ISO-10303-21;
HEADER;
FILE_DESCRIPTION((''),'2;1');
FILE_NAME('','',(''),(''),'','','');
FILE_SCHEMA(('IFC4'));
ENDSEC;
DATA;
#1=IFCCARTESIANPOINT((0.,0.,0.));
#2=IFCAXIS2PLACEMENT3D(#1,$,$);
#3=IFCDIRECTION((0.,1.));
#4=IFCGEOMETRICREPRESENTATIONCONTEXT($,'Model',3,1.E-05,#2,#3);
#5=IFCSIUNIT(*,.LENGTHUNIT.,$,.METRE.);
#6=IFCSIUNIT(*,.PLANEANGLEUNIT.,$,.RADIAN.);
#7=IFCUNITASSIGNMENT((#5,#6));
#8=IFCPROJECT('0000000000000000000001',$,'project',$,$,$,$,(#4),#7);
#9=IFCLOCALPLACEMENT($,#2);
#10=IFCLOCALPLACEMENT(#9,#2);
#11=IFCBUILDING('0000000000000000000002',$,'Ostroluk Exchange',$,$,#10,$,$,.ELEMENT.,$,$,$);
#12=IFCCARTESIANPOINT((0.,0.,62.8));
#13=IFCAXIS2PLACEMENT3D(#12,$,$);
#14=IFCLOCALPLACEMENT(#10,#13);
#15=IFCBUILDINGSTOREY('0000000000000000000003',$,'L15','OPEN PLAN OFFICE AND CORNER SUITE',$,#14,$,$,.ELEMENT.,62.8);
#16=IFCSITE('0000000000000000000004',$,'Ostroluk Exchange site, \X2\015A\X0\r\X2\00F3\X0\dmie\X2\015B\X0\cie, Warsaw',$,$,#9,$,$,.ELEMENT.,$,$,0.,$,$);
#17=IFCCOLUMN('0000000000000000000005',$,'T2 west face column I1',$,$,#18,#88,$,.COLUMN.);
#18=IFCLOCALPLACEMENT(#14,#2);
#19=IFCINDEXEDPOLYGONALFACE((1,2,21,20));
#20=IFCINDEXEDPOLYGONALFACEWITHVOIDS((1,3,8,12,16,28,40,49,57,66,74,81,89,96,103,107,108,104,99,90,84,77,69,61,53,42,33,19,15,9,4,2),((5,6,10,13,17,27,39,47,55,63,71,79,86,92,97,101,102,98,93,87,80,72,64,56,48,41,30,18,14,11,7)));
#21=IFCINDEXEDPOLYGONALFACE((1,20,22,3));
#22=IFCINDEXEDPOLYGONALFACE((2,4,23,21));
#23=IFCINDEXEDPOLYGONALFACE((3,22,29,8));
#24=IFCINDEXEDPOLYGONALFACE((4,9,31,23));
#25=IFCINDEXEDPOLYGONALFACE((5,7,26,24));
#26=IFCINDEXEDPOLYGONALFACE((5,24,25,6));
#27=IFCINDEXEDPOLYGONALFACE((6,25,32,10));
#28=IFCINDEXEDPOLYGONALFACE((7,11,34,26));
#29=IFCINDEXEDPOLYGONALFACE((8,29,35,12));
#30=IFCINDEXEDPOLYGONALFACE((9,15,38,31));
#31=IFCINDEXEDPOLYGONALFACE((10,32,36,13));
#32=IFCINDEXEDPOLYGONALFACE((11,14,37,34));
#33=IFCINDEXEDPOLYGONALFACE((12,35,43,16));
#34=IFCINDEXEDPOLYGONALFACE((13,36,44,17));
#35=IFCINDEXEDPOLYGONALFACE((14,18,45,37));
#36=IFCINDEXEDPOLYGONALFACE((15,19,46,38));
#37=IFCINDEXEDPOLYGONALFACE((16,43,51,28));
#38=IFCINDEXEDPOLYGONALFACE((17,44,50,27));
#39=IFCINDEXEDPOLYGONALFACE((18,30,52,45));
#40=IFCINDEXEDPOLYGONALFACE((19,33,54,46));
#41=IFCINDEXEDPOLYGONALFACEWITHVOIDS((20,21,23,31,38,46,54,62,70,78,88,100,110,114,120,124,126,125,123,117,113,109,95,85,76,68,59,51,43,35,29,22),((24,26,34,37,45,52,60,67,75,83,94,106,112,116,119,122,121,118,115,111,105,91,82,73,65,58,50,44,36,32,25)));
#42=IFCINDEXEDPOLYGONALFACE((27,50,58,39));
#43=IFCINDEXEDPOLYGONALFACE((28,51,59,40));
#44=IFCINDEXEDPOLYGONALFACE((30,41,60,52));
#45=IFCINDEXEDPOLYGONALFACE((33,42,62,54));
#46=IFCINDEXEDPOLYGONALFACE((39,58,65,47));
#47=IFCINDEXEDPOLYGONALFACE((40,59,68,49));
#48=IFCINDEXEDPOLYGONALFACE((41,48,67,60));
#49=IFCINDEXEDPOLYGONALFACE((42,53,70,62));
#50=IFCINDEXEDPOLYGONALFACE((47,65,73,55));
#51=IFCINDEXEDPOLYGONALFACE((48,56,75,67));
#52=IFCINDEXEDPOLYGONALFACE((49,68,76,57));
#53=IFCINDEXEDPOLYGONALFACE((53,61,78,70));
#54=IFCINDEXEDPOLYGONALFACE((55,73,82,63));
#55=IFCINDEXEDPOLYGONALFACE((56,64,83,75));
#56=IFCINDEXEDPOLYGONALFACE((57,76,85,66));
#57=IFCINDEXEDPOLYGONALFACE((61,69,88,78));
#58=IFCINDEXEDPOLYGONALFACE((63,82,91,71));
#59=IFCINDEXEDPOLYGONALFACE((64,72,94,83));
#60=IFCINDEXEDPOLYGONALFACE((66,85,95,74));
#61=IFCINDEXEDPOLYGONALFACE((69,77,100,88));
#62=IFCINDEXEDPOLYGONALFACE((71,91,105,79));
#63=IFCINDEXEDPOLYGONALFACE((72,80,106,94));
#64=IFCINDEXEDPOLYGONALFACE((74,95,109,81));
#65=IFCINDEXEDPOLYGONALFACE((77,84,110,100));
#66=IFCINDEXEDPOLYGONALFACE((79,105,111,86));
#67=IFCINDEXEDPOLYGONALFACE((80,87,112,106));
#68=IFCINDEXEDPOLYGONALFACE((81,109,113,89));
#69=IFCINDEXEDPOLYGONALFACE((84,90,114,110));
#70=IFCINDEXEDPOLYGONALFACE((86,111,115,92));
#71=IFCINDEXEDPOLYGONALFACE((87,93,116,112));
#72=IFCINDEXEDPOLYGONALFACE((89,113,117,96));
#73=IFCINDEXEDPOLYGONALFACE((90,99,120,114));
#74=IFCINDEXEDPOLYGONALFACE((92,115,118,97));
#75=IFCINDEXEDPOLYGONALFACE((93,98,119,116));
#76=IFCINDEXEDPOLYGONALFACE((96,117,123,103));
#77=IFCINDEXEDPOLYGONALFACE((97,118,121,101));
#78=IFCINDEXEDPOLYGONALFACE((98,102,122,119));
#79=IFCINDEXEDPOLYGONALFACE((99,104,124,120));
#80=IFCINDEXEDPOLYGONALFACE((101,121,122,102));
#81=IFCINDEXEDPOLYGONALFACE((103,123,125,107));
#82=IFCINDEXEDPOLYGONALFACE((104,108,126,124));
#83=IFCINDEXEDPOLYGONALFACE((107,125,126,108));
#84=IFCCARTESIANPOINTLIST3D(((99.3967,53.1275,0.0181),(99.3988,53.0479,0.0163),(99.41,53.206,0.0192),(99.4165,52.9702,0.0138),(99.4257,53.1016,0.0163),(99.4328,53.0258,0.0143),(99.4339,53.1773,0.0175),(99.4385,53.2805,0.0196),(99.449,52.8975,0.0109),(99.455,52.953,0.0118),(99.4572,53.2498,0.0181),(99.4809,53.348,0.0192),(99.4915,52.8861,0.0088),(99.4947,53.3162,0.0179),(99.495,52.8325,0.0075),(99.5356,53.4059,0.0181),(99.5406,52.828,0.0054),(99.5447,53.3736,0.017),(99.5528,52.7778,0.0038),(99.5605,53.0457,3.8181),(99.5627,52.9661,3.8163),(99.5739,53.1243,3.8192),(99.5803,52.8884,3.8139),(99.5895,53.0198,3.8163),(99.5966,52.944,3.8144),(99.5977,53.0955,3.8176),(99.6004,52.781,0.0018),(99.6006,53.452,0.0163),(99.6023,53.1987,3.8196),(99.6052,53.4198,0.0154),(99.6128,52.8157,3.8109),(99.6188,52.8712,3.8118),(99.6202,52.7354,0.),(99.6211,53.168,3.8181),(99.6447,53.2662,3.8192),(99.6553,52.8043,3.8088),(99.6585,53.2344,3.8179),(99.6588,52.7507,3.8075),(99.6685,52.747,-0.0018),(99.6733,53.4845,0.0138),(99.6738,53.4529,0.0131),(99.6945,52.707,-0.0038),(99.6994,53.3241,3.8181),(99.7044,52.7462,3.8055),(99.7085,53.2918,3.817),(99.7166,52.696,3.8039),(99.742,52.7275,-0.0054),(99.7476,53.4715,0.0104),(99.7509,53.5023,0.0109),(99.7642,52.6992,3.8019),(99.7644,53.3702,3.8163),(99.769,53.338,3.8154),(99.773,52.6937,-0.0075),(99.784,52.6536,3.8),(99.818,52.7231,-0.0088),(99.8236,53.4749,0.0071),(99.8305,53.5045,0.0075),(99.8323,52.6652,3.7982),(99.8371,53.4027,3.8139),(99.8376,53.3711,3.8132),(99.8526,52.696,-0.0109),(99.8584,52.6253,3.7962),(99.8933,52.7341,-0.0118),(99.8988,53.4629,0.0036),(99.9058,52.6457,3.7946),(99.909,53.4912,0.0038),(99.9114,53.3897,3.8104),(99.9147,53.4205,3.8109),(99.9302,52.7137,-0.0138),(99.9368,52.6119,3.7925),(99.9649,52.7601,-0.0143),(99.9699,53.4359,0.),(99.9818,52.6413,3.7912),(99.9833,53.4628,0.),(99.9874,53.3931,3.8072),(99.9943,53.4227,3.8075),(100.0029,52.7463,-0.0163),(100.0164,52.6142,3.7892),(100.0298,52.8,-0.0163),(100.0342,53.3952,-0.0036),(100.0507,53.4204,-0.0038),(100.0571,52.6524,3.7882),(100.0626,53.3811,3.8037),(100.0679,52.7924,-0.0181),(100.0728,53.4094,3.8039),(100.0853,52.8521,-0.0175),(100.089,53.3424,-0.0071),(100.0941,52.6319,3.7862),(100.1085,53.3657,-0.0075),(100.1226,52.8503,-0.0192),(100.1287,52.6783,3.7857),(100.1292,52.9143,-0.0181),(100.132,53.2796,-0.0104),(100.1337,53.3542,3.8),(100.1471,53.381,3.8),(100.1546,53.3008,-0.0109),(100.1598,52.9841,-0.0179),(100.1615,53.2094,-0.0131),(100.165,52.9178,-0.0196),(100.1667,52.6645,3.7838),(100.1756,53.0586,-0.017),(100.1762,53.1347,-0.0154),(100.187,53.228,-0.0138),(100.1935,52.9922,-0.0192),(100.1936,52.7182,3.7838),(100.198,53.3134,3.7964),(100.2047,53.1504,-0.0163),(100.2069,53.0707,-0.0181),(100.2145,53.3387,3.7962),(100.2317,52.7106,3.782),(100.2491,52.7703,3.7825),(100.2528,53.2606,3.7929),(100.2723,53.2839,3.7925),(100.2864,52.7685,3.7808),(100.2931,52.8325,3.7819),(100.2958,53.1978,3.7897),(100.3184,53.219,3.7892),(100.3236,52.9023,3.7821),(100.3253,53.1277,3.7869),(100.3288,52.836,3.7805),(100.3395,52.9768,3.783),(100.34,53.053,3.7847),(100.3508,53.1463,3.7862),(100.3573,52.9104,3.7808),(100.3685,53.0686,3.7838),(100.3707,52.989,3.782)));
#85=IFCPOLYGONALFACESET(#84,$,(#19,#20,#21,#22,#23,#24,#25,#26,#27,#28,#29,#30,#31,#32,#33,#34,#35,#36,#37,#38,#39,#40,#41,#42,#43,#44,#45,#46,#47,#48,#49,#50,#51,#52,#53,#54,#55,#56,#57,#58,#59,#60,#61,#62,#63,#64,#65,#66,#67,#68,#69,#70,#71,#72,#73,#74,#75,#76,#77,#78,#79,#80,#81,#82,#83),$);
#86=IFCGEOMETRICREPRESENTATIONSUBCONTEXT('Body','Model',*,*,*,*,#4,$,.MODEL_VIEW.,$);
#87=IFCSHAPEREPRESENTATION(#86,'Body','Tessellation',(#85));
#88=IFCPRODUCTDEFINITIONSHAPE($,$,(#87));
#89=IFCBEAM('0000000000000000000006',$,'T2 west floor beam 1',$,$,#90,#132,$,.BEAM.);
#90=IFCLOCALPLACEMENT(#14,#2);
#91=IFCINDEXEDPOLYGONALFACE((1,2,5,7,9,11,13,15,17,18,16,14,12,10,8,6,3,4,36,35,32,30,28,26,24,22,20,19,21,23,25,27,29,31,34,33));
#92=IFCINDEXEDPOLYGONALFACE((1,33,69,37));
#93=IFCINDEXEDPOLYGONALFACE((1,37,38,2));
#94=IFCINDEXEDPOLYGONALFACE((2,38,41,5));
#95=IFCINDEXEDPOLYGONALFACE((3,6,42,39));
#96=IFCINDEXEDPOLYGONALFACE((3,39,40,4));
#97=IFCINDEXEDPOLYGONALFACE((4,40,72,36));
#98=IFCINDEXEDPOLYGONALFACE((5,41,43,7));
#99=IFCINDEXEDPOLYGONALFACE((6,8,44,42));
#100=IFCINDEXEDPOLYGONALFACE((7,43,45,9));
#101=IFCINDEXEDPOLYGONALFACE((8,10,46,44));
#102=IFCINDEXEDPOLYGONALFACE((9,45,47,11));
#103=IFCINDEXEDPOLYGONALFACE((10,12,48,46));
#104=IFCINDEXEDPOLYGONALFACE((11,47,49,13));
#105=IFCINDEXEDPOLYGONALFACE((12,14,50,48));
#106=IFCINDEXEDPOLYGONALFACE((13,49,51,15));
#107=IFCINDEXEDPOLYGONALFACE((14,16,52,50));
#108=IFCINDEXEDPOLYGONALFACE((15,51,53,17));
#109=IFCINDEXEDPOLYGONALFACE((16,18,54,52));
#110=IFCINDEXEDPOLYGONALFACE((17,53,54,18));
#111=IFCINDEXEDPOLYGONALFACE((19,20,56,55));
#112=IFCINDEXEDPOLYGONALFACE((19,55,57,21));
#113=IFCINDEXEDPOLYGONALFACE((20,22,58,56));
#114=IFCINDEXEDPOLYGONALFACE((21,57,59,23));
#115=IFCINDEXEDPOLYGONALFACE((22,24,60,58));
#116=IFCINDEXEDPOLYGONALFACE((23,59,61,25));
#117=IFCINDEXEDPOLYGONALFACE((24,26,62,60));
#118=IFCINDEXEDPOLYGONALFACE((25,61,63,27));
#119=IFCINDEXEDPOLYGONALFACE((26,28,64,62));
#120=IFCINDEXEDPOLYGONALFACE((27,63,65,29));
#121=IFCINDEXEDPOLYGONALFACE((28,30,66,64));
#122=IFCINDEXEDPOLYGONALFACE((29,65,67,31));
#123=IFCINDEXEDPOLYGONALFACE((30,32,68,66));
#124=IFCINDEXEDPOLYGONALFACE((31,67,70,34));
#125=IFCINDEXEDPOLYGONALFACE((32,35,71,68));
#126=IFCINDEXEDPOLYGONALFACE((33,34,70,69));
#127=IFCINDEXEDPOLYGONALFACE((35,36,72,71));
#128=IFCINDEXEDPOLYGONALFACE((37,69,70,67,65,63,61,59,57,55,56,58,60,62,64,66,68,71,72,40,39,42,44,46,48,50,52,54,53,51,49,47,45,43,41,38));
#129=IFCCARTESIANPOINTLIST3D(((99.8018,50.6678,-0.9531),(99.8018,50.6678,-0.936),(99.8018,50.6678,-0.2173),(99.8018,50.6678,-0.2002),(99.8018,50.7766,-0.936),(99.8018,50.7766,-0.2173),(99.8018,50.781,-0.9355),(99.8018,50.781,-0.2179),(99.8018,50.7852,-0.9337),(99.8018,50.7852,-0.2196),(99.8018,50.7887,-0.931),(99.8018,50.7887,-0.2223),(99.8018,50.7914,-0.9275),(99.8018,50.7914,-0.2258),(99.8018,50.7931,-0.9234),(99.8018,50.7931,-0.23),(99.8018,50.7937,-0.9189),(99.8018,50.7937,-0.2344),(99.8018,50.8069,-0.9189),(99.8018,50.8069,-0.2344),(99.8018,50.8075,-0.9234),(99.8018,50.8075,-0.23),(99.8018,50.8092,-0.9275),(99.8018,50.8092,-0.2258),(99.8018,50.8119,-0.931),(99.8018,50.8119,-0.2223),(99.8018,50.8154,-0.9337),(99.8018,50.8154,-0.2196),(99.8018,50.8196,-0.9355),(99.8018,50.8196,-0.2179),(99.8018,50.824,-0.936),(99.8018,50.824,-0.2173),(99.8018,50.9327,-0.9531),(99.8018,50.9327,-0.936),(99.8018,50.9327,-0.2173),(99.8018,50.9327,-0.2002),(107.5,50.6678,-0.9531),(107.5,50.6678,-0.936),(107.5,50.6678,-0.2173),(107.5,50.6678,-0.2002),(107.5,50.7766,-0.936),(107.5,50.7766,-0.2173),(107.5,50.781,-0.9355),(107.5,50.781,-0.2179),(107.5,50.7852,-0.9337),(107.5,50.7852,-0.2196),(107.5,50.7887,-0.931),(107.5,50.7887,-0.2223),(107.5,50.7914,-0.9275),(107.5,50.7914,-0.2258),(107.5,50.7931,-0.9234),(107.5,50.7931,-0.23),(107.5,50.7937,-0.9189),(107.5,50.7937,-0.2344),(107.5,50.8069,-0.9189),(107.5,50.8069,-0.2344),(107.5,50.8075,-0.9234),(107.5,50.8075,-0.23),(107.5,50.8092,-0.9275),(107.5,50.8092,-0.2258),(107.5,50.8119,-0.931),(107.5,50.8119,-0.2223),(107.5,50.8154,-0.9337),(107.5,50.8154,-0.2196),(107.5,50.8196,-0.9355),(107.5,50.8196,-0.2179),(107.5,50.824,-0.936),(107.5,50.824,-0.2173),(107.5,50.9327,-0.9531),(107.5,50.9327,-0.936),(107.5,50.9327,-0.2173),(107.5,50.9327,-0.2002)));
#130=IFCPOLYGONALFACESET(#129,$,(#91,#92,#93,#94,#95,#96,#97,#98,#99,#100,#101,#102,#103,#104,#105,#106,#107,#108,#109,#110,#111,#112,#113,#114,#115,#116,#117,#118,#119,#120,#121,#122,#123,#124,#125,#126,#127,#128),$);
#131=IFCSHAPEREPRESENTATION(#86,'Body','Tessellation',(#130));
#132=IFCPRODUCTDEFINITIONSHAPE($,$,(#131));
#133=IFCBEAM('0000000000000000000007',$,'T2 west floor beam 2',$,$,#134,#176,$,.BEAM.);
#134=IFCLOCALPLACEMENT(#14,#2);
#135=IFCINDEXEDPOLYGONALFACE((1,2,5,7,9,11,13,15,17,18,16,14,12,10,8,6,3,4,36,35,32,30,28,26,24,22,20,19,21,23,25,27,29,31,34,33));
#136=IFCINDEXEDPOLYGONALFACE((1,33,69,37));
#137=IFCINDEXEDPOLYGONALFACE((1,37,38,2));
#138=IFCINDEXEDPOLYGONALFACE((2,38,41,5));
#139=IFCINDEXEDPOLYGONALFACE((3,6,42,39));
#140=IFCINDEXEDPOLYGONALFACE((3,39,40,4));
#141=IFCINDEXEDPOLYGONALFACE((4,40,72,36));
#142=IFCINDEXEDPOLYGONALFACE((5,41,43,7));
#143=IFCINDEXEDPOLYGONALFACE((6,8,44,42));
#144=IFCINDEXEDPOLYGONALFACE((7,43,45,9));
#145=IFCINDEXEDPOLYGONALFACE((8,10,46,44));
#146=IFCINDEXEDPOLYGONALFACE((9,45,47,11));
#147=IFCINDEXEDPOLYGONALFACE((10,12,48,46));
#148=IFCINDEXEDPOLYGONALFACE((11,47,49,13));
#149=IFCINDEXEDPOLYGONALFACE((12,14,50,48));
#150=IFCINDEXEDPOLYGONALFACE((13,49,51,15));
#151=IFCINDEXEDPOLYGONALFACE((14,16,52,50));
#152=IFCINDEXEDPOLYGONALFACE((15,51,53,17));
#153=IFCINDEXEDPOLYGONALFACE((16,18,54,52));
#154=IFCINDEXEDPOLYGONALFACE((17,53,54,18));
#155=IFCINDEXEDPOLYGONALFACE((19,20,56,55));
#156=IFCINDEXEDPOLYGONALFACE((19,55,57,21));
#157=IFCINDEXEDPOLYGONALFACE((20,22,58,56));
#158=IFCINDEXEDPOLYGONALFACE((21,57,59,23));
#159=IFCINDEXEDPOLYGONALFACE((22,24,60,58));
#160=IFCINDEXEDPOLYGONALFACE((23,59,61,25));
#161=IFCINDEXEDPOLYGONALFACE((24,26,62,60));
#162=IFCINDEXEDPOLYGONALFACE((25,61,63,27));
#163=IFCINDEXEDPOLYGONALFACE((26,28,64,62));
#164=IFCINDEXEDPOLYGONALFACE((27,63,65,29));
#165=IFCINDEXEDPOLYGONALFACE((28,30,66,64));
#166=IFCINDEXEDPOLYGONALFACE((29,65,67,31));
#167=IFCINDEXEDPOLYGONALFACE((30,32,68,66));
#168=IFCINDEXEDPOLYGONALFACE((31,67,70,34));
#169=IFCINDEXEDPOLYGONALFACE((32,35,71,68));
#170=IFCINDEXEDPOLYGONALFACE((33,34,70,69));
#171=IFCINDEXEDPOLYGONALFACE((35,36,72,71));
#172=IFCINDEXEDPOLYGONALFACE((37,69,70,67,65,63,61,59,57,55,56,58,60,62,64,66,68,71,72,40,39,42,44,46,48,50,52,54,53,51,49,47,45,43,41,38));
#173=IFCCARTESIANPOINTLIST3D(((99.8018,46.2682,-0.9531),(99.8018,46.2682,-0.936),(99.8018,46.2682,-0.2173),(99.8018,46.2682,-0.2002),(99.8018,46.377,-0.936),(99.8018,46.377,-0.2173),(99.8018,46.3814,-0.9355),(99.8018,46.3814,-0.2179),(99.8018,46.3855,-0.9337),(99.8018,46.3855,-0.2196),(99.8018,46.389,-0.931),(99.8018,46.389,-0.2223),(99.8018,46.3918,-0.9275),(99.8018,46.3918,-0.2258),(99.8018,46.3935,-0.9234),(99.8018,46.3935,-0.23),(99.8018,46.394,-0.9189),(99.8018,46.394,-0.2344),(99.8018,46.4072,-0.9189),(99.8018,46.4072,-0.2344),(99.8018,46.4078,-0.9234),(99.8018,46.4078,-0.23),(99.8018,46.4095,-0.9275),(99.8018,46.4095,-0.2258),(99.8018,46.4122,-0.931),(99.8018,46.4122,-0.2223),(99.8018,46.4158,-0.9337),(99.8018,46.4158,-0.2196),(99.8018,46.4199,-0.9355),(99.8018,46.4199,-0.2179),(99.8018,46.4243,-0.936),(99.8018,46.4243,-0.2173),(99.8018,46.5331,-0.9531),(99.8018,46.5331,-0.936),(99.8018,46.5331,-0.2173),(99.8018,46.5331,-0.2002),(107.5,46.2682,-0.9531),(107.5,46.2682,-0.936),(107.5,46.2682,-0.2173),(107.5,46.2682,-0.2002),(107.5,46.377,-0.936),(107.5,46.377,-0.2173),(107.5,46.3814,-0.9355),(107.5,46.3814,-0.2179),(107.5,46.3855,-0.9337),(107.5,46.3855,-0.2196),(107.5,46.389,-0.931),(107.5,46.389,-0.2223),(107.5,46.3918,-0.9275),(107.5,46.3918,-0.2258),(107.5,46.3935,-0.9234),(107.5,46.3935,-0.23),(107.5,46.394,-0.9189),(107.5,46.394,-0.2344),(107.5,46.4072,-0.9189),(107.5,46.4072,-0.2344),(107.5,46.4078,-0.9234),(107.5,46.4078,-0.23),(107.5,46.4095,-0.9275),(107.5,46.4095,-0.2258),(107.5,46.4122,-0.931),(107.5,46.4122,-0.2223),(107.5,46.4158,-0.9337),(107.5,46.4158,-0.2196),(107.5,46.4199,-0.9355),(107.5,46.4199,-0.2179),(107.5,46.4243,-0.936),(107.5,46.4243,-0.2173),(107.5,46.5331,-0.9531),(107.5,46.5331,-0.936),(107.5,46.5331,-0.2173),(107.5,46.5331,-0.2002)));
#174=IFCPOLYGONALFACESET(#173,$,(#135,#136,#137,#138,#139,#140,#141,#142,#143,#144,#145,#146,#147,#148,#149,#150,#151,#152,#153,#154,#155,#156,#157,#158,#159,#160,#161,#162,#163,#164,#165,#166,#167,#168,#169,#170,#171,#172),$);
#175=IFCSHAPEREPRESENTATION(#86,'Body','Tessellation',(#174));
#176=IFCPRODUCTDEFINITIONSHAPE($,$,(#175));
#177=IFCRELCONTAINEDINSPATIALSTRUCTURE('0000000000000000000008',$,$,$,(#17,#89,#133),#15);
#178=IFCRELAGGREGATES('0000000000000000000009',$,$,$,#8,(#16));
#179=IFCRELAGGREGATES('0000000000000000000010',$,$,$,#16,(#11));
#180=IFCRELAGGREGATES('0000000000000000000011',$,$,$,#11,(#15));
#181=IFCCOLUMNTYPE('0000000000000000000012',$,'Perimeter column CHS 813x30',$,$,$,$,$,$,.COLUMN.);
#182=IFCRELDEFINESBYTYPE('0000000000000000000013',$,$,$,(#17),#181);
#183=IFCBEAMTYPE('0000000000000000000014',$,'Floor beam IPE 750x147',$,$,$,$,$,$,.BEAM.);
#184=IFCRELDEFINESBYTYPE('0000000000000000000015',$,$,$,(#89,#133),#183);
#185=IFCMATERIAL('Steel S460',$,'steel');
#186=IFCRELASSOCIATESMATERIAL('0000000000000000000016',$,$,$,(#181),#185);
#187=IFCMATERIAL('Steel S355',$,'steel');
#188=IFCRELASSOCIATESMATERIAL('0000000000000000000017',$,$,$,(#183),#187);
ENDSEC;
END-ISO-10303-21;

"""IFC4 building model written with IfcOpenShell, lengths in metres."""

from ifc_helpers import new_model, si_unit, direction, frame, origin, origin_2d, place, context, subcontext, project, spatial, hollow_circle, i_section, extrude, material, material_profile, profile_set, type_object, element, save


model = new_model("IFC4")

# Units and contexts
model_context = context("Model", 3, precision=1e-05, world=origin(), true_north=direction((0.0, 1.0)))
body_context = subcontext(model_context, "Body", "Model", "MODEL_VIEW")
ifc_project = project(units=[si_unit("LENGTHUNIT", "METRE"), si_unit("PLANEANGLEUNIT", "RADIAN")], contexts=[model_context])

# Site, building, storey
site_placement = place(None, origin())
site = spatial("IfcSite", under=ifc_project, at=site_placement, Name="Ostroluk Exchange site, Śródmieście, Warsaw", CompositionType="ELEMENT", RefElevation=0.0)
building_placement = place(site_placement, origin())
building = spatial("IfcBuilding", under=site, at=building_placement, Name="Ostroluk Exchange", CompositionType="ELEMENT")
storey_placement = place(building_placement, frame((0.0, 0.0, 62.8)))
storey = spatial("IfcBuildingStorey", under=building, at=storey_placement, Name="L15", Description="OPEN PLAN OFFICE AND CORNER SUITE", CompositionType="ELEMENT", Elevation=62.8)

# Column
ifc_material_1 = material(Name="Steel S460", Category="steel")
ifc_material_profile_1 = material_profile(ifc_material_1, hollow_circle(Radius=0.4065, WallThickness=0.03, at=origin_2d()), Name="CHS 813x30")
ifc_profile_set_1 = profile_set([ifc_material_profile_1], Name="Steel S460")
column_type = type_object("IfcColumnType", Name="Perimeter column CHS 813x30", PredefinedType="COLUMN", material=ifc_profile_set_1)
column_placement = place(storey_placement, frame((99.8018, 53.0991, 0.0), z_axis=(0.04306, -0.021498, 0.998841), x_axis=(0.44668, 0.894694, 0.0)))
element("IfcColumn", 1, at=column_placement, inside=storey, type_object=column_type, Name="T2 west face column I1", PredefinedType="COLUMN", context=body_context, shape_type="SweptSolid", body=[
    extrude(hollow_circle(Radius=0.4065, WallThickness=0.03, at=origin_2d()), origin(), (0.0, 0.0, 1.0), 3.8044),
])

# Beams
ifc_material_2 = material(Name="Steel S355", Category="steel")
ifc_material_profile_2 = material_profile(ifc_material_2, i_section(OverallWidth=0.2649, OverallDepth=0.7529, WebThickness=0.0132, FlangeThickness=0.0171, FilletRadius=0.0171, at=origin_2d()), Name="IPE 750x147")
ifc_profile_set_2 = profile_set([ifc_material_profile_2], Name="Steel S355")
beam_type_1 = type_object("IfcBeamType", Name="Floor beam IPE 750x147", PredefinedType="BEAM", material=ifc_profile_set_2)
for number, where, z_axis, x_axis, name in (
    (2, (107.5, 50.8003, -0.5767), (-1.0, 0.0, 0.0), (0.0, -1.0, 0.0), "T2 west floor beam 1"),
    (3, (107.5, 46.4006, -0.5767), (-1.0, 0.0, 0.0), (0.0, -1.0, 0.0), "T2 west floor beam 2"),
):
    element("IfcBeam", number, at=place(storey_placement, frame(where, z_axis=z_axis, x_axis=x_axis)), inside=storey, type_object=beam_type_1, Name=name, PredefinedType="BEAM", context=body_context, shape_type="SweptSolid", body=[
        extrude(i_section(OverallWidth=0.2649, OverallDepth=0.7529, WebThickness=0.0132, FlangeThickness=0.0171, FilletRadius=0.0171, at=origin_2d()), origin(), (0.0, 0.0, 1.0), 7.6982),
    ])

save(model, "model.ifc")
